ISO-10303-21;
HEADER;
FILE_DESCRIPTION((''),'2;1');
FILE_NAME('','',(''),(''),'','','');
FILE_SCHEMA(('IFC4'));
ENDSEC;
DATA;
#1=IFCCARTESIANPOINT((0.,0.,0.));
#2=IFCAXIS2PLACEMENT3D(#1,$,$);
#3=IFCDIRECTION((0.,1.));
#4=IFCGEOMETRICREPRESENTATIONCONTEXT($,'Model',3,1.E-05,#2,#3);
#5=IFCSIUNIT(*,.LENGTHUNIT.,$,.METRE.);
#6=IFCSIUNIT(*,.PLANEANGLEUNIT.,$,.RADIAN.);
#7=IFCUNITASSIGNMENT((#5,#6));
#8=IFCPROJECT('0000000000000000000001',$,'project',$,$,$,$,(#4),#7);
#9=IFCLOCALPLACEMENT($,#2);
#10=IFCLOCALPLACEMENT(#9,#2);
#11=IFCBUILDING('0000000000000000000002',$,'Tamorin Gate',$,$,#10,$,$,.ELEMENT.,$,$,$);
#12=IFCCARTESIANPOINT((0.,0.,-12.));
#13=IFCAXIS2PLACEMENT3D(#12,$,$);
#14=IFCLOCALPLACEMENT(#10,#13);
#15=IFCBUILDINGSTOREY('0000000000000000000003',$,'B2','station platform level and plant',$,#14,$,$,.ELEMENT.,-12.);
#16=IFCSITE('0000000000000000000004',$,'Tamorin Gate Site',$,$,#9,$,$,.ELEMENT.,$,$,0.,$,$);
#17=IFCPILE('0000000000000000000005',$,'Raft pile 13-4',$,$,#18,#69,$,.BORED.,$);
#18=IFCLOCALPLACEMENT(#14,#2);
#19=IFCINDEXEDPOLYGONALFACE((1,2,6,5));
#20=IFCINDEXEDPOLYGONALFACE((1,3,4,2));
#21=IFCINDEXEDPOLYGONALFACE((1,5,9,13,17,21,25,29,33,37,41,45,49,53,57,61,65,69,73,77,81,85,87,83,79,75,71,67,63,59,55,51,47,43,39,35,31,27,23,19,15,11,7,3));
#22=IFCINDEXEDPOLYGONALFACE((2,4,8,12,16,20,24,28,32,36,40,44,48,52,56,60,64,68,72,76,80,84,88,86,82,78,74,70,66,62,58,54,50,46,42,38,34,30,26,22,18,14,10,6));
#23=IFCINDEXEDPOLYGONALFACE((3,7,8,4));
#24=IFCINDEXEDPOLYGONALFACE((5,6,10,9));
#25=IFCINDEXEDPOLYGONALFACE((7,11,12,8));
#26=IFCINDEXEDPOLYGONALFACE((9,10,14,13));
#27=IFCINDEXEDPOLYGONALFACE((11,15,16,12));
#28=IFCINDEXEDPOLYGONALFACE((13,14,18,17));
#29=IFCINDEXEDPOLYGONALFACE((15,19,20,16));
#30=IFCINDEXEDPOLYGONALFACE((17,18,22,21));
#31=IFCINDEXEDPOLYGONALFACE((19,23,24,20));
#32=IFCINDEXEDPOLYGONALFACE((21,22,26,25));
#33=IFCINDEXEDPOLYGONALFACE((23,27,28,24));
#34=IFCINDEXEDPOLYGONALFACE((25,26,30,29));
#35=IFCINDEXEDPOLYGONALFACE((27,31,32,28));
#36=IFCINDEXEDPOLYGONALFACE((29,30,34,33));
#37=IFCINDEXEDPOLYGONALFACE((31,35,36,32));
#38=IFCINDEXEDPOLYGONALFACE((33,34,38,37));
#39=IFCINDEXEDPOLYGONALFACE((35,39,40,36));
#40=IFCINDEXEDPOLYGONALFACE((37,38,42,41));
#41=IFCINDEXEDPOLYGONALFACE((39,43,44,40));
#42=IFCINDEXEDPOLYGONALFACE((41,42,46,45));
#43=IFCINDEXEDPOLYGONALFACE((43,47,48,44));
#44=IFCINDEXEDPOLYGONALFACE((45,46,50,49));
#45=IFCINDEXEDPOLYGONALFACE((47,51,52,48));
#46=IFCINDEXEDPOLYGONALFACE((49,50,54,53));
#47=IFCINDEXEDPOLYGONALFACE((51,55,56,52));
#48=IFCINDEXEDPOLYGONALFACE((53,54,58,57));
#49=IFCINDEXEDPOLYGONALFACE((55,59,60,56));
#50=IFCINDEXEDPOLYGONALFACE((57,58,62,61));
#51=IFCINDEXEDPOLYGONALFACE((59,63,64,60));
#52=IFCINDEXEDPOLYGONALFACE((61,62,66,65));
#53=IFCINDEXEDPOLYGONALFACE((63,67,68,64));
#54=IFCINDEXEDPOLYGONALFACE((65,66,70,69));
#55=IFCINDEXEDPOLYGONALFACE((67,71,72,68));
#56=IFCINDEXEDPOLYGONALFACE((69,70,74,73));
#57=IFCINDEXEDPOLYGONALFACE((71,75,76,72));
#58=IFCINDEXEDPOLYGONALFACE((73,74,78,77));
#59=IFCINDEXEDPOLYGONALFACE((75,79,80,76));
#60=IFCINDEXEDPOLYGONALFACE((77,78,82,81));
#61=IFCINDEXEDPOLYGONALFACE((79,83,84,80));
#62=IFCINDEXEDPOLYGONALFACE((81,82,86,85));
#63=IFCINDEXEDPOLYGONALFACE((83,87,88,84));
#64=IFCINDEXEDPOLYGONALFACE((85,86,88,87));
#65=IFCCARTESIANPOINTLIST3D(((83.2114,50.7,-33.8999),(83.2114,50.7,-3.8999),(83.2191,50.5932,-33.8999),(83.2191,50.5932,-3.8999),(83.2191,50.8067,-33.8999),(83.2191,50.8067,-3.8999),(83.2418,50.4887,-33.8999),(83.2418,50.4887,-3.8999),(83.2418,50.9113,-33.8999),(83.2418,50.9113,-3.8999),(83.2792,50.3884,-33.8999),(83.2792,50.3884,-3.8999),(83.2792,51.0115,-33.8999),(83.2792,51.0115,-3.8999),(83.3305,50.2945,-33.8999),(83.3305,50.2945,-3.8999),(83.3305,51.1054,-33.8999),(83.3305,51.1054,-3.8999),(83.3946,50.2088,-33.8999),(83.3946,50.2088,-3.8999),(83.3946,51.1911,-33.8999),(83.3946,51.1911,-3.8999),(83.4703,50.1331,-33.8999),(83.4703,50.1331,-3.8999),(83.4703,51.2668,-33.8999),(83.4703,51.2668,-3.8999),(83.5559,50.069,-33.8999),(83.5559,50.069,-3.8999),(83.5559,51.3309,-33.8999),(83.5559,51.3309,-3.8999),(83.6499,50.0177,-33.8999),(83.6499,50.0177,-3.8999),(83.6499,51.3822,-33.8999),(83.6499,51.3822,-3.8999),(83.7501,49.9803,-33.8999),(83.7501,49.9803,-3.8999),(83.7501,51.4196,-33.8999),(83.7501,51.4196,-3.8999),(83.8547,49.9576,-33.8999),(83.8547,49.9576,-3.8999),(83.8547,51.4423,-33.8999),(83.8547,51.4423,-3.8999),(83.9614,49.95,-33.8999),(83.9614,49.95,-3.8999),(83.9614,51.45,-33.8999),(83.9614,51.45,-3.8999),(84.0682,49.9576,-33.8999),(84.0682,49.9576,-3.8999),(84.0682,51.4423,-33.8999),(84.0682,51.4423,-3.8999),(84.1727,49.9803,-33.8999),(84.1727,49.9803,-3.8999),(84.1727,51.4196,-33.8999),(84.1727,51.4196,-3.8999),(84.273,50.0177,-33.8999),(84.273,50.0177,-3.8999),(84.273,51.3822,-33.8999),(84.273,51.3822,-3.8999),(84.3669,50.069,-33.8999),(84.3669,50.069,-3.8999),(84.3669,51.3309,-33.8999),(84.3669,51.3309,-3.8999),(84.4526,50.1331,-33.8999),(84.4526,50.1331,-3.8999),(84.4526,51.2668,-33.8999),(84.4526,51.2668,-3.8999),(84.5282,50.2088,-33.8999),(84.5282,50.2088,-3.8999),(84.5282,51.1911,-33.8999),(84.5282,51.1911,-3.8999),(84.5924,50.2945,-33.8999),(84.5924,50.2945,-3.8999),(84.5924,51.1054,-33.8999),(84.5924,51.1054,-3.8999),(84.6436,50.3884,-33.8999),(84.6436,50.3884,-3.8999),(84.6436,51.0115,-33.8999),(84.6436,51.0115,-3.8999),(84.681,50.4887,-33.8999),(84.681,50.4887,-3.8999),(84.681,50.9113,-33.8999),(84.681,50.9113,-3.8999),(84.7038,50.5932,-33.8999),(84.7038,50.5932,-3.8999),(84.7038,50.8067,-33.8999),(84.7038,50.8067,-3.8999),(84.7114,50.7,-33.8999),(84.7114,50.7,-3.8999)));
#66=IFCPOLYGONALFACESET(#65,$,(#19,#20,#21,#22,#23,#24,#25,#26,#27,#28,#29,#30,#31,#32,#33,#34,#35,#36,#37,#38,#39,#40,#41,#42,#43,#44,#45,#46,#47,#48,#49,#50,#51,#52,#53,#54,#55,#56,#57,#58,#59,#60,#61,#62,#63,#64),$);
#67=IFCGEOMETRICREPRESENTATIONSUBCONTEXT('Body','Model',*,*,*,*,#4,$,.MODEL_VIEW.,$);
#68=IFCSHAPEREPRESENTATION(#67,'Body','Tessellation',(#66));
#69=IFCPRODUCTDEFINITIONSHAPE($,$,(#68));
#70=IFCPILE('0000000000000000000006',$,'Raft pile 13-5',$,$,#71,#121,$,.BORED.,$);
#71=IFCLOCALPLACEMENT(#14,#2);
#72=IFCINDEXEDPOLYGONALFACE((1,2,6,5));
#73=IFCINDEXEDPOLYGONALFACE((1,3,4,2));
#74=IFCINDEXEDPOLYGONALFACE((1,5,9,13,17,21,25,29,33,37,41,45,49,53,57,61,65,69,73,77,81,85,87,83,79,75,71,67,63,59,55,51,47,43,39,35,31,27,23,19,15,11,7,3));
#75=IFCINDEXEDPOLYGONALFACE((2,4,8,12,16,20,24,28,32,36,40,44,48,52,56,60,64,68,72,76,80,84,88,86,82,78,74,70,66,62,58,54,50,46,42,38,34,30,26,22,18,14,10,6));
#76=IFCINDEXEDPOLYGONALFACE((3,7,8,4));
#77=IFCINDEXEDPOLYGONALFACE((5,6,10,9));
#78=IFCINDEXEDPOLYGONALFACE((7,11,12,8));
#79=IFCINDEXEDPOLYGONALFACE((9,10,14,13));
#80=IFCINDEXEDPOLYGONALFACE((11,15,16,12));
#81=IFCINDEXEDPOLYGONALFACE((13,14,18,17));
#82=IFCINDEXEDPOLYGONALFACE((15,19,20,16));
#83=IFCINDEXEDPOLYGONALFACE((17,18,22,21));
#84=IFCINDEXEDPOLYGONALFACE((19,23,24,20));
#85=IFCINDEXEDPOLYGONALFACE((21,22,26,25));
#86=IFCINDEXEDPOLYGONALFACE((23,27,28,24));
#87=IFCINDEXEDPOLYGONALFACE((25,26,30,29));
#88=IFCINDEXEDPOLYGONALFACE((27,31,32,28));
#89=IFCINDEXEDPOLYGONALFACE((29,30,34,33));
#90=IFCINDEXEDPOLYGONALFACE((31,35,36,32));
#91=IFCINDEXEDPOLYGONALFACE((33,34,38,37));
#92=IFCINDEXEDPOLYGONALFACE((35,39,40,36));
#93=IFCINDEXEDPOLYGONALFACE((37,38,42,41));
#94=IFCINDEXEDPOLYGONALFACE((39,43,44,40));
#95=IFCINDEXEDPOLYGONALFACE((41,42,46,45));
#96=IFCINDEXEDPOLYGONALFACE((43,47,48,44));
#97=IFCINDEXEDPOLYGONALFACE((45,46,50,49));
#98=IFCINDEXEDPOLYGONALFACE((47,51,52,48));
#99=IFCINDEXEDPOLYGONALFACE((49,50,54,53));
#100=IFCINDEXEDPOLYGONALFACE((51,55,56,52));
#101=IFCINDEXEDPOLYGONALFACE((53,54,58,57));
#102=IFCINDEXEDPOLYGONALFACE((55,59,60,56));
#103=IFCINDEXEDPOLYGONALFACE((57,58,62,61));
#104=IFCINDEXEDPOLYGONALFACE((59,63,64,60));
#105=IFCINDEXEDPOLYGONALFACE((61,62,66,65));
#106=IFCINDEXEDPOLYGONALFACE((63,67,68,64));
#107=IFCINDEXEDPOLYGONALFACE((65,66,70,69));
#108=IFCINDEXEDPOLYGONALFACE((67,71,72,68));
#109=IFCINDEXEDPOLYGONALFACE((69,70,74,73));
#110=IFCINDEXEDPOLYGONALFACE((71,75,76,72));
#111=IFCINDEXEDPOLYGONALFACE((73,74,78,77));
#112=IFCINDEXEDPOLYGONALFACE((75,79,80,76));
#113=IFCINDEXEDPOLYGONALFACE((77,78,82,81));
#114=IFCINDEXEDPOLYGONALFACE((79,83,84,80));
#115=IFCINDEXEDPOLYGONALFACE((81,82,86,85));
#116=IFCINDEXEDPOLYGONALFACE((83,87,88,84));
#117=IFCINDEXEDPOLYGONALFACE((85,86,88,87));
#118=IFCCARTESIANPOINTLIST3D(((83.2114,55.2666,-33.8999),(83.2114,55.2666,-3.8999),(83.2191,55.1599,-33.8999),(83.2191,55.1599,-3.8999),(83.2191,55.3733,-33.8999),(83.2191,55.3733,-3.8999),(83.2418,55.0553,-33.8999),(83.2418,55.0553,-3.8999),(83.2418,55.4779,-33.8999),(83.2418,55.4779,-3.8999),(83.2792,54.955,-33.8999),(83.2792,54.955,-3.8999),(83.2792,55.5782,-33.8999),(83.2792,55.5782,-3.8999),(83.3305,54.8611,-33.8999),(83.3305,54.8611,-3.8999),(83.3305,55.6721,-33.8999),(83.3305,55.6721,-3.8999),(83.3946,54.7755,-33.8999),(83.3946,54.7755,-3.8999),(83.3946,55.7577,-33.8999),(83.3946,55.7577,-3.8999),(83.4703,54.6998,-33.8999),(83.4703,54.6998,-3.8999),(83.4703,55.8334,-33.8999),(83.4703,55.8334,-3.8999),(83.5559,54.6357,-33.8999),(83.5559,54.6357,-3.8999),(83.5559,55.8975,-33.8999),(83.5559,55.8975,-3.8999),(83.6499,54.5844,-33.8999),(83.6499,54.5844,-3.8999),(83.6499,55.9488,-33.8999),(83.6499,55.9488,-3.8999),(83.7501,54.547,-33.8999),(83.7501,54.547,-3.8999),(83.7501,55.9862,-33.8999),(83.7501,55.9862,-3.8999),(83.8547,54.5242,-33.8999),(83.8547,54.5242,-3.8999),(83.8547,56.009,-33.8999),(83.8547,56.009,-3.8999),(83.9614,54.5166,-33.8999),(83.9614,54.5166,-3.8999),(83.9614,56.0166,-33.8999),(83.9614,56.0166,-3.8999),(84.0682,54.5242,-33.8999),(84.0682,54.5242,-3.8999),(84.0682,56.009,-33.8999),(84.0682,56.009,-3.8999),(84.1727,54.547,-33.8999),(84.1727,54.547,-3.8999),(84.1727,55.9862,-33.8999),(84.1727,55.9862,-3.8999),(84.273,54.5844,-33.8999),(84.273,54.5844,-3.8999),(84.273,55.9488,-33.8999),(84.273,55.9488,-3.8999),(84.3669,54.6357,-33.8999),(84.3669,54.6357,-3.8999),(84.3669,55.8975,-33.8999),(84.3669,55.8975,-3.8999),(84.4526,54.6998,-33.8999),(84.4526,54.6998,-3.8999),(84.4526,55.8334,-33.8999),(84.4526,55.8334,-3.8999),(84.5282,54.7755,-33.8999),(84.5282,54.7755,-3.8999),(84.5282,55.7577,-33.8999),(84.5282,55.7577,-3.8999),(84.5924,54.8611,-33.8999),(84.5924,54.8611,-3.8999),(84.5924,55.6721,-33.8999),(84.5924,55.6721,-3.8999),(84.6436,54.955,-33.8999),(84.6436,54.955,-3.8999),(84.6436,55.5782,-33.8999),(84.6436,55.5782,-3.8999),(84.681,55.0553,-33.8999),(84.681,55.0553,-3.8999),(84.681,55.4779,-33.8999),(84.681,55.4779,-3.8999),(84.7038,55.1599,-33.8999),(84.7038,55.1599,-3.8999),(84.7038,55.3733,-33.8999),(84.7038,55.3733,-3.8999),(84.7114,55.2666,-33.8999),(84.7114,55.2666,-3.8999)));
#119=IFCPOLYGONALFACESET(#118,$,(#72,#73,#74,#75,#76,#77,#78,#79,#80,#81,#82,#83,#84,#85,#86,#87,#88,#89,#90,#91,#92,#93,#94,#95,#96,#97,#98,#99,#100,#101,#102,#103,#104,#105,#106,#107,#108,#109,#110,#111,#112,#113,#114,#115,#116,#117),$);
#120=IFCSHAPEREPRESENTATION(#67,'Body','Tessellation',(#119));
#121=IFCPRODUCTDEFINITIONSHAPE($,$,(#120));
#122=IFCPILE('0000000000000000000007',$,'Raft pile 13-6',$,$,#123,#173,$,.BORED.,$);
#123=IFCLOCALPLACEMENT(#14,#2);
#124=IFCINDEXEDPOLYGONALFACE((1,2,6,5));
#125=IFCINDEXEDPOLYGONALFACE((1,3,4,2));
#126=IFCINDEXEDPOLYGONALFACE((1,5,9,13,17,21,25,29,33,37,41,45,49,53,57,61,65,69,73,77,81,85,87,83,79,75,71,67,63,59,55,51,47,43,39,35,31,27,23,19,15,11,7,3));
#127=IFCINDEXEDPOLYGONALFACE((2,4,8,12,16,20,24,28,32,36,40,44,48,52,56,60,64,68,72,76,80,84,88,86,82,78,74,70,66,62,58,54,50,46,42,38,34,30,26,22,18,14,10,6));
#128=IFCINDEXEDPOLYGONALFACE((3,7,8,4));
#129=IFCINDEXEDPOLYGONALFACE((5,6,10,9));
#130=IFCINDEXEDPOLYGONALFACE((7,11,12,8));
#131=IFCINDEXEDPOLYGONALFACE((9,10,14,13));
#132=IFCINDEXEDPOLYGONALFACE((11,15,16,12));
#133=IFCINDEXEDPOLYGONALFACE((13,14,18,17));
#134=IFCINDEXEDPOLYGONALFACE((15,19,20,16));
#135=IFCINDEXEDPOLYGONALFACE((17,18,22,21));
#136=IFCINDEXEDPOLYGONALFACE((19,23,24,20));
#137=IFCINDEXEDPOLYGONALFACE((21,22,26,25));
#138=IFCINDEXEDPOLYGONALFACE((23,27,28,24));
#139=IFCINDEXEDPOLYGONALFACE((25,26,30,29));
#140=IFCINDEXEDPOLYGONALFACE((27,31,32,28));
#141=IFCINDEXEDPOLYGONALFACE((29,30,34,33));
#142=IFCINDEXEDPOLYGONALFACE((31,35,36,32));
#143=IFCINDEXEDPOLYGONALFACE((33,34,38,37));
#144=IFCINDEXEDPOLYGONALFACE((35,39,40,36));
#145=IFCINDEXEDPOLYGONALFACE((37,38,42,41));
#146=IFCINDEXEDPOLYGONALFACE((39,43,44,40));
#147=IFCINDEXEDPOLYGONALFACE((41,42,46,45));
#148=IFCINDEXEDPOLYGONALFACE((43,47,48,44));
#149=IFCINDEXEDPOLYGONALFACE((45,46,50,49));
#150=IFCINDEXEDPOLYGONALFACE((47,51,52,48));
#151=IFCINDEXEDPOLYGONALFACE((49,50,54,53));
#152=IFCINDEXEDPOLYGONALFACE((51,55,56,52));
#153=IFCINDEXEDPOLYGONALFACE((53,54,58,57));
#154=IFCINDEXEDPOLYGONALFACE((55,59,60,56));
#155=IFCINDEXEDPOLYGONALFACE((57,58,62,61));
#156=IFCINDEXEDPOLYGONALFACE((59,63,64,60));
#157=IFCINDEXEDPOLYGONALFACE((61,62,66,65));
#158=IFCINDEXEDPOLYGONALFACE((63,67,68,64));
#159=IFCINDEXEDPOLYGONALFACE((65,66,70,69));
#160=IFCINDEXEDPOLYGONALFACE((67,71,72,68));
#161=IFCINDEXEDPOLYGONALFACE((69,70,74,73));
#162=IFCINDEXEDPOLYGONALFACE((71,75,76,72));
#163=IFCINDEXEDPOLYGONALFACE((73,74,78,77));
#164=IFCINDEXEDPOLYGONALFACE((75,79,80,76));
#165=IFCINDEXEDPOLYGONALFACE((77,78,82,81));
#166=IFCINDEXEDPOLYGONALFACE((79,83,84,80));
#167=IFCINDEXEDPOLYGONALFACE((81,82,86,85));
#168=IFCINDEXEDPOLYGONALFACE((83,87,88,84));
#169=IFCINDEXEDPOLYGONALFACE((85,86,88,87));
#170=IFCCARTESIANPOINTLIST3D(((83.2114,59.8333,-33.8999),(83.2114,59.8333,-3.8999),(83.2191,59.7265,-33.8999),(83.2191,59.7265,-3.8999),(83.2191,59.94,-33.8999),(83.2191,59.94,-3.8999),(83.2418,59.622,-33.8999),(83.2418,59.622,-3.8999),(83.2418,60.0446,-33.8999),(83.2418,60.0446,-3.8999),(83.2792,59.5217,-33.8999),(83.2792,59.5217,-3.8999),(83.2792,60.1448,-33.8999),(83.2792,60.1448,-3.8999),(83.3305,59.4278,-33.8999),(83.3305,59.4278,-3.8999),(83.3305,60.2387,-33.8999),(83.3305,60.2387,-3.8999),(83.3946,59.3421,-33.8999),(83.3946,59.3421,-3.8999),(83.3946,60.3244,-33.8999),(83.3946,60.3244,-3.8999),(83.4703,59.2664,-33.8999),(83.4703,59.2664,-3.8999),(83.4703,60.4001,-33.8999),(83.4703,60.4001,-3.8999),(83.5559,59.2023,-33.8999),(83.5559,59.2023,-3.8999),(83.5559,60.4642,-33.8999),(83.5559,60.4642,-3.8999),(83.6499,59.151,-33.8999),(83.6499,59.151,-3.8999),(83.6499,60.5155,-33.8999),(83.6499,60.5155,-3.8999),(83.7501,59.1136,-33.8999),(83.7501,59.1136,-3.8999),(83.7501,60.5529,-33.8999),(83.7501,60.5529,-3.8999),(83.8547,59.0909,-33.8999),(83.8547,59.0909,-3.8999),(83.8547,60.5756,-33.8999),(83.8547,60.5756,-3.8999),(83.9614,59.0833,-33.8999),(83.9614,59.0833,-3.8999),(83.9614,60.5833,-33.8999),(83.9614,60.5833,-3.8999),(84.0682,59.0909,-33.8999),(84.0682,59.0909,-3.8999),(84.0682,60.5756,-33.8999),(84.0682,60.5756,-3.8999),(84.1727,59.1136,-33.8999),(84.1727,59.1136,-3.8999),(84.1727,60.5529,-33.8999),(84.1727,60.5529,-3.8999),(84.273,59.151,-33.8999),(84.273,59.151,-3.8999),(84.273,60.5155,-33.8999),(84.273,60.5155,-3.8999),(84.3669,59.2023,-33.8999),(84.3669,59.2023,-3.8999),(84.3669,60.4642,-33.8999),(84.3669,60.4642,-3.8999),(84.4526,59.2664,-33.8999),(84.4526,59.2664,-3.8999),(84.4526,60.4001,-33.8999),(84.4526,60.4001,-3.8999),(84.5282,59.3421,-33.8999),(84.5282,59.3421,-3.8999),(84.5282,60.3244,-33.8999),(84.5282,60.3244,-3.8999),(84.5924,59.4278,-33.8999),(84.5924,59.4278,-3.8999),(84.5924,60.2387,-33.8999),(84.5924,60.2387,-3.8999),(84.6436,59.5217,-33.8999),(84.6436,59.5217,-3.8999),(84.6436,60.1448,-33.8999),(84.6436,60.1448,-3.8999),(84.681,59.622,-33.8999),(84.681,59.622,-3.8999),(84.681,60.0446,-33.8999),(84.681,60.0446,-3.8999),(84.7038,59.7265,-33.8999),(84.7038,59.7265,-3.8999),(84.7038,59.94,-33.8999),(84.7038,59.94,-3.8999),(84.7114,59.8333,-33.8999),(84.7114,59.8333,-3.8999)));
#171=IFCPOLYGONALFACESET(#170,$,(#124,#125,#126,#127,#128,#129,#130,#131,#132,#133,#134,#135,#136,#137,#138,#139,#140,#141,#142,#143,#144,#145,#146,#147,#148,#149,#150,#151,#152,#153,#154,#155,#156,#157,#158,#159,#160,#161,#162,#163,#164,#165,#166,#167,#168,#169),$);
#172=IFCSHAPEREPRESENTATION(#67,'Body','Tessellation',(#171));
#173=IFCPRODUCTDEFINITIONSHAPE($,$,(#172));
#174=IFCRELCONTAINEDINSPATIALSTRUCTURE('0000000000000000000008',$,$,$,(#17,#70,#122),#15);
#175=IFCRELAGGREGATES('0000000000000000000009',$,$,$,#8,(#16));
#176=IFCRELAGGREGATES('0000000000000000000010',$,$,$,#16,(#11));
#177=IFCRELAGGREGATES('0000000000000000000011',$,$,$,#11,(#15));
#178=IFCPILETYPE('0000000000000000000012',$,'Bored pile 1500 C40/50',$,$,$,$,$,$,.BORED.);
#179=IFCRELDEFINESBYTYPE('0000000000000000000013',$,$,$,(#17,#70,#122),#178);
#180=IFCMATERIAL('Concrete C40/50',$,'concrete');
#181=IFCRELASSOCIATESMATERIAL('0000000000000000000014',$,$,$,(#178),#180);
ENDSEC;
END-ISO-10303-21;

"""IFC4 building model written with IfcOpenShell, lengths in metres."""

from ifc_helpers import new_model, si_unit, direction, frame, origin, origin_2d, place, context, subcontext, project, spatial, circle, extrude, material, material_profile, profile_set, type_object, element, save


model = new_model("IFC4")

# Units and contexts
model_context = context("Model", 3, precision=1e-05, world=origin(), true_north=direction((0.0, 1.0)))
body_context = subcontext(model_context, "Body", "Model", "MODEL_VIEW")
ifc_project = project(units=[si_unit("LENGTHUNIT", "METRE"), si_unit("PLANEANGLEUNIT", "RADIAN")], contexts=[model_context])

# Site, building, storey
site_placement = place(None, origin())
site = spatial("IfcSite", under=ifc_project, at=site_placement, Name="Tamorin Gate Site", CompositionType="ELEMENT", RefElevation=0.0)
building_placement = place(site_placement, origin())
building = spatial("IfcBuilding", under=site, at=building_placement, Name="Tamorin Gate", CompositionType="ELEMENT")
storey_placement = place(building_placement, frame((0.0, 0.0, -12.0)))
storey = spatial("IfcBuildingStorey", under=building, at=storey_placement, Name="B2", Description="station platform level and plant", CompositionType="ELEMENT", Elevation=-12.0)

# Piles
ifc_material_1 = material(Name="Concrete C40/50", Category="concrete")
ifc_material_profile_1 = material_profile(ifc_material_1, circle(Radius=0.75, at=origin_2d()))
ifc_profile_set_1 = profile_set([ifc_material_profile_1], Name="Concrete C40/50")
pile_type = type_object("IfcPileType", Name="Bored pile 1500 C40/50", PredefinedType="BORED", material=ifc_profile_set_1)
for number, where, z_axis, x_axis, name in (
    (1, (83.9614, 50.7, -3.8999), (0.0, 0.0, -1.0), (1.0, 0.0, 0.0), "Raft pile 13-4"),
    (2, (83.9614, 55.2666, -3.8999), (0.0, 0.0, -1.0), (1.0, 0.0, 0.0), "Raft pile 13-5"),
    (3, (83.9614, 59.8333, -3.8999), (0.0, 0.0, -1.0), (1.0, 0.0, 0.0), "Raft pile 13-6"),
):
    element("IfcPile", number, at=place(storey_placement, frame(where, z_axis=z_axis, x_axis=x_axis)), inside=storey, type_object=pile_type, Name=name, PredefinedType="BORED", context=body_context, shape_type="SweptSolid", body=[
        extrude(circle(Radius=0.75, at=origin_2d()), origin(), (0.0, 0.0, 1.0), 30.0),
    ])

save(model, "model.ifc")
